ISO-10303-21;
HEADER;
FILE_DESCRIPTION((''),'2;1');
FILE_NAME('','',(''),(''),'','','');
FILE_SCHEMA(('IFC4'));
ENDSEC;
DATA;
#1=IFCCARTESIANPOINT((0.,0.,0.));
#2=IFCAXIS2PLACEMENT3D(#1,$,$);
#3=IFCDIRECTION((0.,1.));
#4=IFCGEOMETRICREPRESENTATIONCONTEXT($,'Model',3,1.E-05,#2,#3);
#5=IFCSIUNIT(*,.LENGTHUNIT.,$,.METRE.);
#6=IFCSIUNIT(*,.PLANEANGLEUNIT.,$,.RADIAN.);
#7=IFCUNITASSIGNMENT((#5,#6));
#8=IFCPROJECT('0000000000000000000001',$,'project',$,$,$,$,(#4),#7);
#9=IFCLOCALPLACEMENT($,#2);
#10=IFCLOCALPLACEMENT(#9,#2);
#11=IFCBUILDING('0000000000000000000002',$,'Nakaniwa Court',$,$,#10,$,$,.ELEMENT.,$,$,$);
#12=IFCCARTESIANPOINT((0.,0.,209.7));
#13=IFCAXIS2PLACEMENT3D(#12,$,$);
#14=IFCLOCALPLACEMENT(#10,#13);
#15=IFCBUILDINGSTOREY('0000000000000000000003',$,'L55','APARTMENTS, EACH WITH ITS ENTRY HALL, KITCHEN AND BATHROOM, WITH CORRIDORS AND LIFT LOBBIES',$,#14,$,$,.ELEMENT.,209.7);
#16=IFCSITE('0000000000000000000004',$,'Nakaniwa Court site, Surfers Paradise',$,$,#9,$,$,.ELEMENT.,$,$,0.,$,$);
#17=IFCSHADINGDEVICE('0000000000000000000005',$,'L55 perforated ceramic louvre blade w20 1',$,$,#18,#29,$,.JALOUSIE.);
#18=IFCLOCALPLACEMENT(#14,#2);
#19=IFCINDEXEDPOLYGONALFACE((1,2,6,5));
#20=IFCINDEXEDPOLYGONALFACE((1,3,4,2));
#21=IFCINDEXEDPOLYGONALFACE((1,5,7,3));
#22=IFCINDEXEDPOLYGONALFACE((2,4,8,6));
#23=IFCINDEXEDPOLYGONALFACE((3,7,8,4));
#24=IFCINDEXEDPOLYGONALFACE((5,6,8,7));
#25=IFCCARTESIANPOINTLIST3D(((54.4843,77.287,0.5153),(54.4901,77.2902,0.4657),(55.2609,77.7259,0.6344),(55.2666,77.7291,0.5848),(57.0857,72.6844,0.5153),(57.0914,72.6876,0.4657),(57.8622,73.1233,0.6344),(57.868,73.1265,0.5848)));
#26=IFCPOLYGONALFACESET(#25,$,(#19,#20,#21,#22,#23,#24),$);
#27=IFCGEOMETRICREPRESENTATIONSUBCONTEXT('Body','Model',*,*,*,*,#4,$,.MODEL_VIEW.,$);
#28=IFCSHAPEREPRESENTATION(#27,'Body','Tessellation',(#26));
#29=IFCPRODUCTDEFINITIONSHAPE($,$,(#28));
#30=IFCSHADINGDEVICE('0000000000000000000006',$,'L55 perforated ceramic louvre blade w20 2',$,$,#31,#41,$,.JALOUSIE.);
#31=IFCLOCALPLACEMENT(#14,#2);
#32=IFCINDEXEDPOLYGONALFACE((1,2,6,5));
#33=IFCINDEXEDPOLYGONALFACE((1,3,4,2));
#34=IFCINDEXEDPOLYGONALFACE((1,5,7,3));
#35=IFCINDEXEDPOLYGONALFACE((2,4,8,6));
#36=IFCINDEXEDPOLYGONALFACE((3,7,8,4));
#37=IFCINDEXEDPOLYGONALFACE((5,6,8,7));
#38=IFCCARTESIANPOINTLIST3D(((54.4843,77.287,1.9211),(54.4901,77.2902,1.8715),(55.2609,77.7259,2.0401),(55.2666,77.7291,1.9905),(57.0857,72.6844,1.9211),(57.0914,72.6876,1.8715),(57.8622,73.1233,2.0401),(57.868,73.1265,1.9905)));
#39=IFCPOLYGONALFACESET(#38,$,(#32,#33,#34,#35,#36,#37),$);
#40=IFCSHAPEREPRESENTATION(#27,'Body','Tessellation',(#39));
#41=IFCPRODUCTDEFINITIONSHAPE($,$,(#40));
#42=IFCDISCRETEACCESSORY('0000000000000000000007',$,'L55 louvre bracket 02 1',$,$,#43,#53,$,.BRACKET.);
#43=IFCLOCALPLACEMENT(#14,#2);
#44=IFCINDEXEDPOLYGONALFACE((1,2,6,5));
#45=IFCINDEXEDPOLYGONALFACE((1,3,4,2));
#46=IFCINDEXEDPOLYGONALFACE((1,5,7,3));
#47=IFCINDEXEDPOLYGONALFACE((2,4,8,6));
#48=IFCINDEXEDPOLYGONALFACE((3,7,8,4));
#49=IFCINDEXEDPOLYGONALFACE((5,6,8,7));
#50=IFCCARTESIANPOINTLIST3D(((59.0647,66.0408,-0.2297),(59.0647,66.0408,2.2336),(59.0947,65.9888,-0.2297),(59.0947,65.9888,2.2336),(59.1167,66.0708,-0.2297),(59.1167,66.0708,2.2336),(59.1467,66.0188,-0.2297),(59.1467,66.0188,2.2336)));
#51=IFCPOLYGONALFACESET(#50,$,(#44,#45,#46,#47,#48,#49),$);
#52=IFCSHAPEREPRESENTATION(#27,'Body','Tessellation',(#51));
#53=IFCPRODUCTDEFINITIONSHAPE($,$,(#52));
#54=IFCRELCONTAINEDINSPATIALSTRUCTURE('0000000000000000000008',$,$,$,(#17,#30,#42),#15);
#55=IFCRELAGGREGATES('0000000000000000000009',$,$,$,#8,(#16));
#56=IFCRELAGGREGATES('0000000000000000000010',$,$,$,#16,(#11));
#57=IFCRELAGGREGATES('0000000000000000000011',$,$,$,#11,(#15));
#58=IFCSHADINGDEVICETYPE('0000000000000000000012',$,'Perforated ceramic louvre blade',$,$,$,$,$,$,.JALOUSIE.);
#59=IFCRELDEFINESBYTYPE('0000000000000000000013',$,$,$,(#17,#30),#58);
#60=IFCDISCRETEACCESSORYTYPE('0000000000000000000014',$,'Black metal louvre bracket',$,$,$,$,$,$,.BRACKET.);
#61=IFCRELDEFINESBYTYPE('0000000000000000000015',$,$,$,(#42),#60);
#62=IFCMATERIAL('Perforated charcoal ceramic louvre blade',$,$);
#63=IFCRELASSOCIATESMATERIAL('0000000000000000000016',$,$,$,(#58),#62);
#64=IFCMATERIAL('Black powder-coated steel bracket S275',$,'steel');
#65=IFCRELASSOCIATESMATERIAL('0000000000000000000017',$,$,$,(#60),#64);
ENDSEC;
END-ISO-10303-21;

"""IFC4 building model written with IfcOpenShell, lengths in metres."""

from ifc_helpers import new_model, si_unit, direction, frame, origin, origin_2d, place, context, subcontext, project, spatial, rectangle, extrude, material, material_profile, profile_set, type_object, element, save


model = new_model("IFC4")

# Units and contexts
model_context = context("Model", 3, precision=1e-05, world=origin(), true_north=direction((0.0, 1.0)))
body_context = subcontext(model_context, "Body", "Model", "MODEL_VIEW")
ifc_project = project(units=[si_unit("LENGTHUNIT", "METRE"), si_unit("PLANEANGLEUNIT", "RADIAN")], contexts=[model_context])

# Site, building, storey
site_placement = place(None, origin())
site = spatial("IfcSite", under=ifc_project, at=site_placement, Name="Nakaniwa Court site, Surfers Paradise", CompositionType="ELEMENT", RefElevation=0.0)
building_placement = place(site_placement, origin())
building = spatial("IfcBuilding", under=site, at=building_placement, Name="Nakaniwa Court", CompositionType="ELEMENT")
storey_placement = place(building_placement, frame((0.0, 0.0, 209.7)))
storey = spatial("IfcBuildingStorey", under=building, at=storey_placement, Name="L55", Description="APARTMENTS, EACH WITH ITS ENTRY HALL, KITCHEN AND BATHROOM, WITH CORRIDORS AND LIFT LOBBIES", CompositionType="ELEMENT", Elevation=209.7)

# Shading devices
ifc_material_1 = material(Name="Perforated charcoal ceramic louvre blade")
ifc_material_profile_1 = material_profile(ifc_material_1, rectangle(XDim=0.8999, YDim=0.05, at=origin_2d()), Name="Perforated ceramic louvre blade")
ifc_profile_set_1 = profile_set([ifc_material_profile_1], Name="Perforated charcoal ceramic louvre blade")
shading_device_type_1 = type_object("IfcShadingDeviceType", Name="Perforated ceramic louvre blade", PredefinedType="JALOUSIE", material=ifc_profile_set_1)
for number, where, z_axis, x_axis, name in (
    (1, (54.8755, 77.5081, 0.55), (0.492041, -0.870572, 0.0), (0.862925, 0.487718, 0.132256), "L55 perforated ceramic louvre blade w20 1"),
    (2, (54.8755, 77.5081, 1.9558), (0.492041, -0.870572, 0.0), (0.862925, 0.487718, 0.132256), "L55 perforated ceramic louvre blade w20 2"),
):
    element("IfcShadingDevice", number, at=place(storey_placement, frame(where, z_axis=z_axis, x_axis=x_axis)), inside=storey, type_object=shading_device_type_1, Name=name, PredefinedType="JALOUSIE", context=body_context, shape_type="SweptSolid", body=[
        extrude(rectangle(XDim=0.8999, YDim=0.05, at=origin_2d()), origin(), (0.0, 0.0, 1.0), 5.2869),
    ])

# Discrete accessory
ifc_material_2 = material(Name="Black powder-coated steel bracket S275", Category="steel")
discrete_accessory_type = type_object("IfcDiscreteAccessoryType", Name="Black metal louvre bracket", PredefinedType="BRACKET", material=ifc_material_2)
discrete_accessory_placement = place(storey_placement, frame((59.1057, 66.0298, -0.2297), z_axis=(0.0, 0.0, 1.0), x_axis=(0.500017, -0.866016, 0.0)))
element("IfcDiscreteAccessory", 3, at=discrete_accessory_placement, inside=storey, type_object=discrete_accessory_type, Name="L55 louvre bracket 02 1", PredefinedType="BRACKET", context=body_context, shape_type="SweptSolid", body=[
    extrude(rectangle(XDim=0.0601, YDim=0.0601, at=origin_2d()), origin(), (0.0, 0.0, 1.0), 2.4634),
])

save(model, "model.ifc")
